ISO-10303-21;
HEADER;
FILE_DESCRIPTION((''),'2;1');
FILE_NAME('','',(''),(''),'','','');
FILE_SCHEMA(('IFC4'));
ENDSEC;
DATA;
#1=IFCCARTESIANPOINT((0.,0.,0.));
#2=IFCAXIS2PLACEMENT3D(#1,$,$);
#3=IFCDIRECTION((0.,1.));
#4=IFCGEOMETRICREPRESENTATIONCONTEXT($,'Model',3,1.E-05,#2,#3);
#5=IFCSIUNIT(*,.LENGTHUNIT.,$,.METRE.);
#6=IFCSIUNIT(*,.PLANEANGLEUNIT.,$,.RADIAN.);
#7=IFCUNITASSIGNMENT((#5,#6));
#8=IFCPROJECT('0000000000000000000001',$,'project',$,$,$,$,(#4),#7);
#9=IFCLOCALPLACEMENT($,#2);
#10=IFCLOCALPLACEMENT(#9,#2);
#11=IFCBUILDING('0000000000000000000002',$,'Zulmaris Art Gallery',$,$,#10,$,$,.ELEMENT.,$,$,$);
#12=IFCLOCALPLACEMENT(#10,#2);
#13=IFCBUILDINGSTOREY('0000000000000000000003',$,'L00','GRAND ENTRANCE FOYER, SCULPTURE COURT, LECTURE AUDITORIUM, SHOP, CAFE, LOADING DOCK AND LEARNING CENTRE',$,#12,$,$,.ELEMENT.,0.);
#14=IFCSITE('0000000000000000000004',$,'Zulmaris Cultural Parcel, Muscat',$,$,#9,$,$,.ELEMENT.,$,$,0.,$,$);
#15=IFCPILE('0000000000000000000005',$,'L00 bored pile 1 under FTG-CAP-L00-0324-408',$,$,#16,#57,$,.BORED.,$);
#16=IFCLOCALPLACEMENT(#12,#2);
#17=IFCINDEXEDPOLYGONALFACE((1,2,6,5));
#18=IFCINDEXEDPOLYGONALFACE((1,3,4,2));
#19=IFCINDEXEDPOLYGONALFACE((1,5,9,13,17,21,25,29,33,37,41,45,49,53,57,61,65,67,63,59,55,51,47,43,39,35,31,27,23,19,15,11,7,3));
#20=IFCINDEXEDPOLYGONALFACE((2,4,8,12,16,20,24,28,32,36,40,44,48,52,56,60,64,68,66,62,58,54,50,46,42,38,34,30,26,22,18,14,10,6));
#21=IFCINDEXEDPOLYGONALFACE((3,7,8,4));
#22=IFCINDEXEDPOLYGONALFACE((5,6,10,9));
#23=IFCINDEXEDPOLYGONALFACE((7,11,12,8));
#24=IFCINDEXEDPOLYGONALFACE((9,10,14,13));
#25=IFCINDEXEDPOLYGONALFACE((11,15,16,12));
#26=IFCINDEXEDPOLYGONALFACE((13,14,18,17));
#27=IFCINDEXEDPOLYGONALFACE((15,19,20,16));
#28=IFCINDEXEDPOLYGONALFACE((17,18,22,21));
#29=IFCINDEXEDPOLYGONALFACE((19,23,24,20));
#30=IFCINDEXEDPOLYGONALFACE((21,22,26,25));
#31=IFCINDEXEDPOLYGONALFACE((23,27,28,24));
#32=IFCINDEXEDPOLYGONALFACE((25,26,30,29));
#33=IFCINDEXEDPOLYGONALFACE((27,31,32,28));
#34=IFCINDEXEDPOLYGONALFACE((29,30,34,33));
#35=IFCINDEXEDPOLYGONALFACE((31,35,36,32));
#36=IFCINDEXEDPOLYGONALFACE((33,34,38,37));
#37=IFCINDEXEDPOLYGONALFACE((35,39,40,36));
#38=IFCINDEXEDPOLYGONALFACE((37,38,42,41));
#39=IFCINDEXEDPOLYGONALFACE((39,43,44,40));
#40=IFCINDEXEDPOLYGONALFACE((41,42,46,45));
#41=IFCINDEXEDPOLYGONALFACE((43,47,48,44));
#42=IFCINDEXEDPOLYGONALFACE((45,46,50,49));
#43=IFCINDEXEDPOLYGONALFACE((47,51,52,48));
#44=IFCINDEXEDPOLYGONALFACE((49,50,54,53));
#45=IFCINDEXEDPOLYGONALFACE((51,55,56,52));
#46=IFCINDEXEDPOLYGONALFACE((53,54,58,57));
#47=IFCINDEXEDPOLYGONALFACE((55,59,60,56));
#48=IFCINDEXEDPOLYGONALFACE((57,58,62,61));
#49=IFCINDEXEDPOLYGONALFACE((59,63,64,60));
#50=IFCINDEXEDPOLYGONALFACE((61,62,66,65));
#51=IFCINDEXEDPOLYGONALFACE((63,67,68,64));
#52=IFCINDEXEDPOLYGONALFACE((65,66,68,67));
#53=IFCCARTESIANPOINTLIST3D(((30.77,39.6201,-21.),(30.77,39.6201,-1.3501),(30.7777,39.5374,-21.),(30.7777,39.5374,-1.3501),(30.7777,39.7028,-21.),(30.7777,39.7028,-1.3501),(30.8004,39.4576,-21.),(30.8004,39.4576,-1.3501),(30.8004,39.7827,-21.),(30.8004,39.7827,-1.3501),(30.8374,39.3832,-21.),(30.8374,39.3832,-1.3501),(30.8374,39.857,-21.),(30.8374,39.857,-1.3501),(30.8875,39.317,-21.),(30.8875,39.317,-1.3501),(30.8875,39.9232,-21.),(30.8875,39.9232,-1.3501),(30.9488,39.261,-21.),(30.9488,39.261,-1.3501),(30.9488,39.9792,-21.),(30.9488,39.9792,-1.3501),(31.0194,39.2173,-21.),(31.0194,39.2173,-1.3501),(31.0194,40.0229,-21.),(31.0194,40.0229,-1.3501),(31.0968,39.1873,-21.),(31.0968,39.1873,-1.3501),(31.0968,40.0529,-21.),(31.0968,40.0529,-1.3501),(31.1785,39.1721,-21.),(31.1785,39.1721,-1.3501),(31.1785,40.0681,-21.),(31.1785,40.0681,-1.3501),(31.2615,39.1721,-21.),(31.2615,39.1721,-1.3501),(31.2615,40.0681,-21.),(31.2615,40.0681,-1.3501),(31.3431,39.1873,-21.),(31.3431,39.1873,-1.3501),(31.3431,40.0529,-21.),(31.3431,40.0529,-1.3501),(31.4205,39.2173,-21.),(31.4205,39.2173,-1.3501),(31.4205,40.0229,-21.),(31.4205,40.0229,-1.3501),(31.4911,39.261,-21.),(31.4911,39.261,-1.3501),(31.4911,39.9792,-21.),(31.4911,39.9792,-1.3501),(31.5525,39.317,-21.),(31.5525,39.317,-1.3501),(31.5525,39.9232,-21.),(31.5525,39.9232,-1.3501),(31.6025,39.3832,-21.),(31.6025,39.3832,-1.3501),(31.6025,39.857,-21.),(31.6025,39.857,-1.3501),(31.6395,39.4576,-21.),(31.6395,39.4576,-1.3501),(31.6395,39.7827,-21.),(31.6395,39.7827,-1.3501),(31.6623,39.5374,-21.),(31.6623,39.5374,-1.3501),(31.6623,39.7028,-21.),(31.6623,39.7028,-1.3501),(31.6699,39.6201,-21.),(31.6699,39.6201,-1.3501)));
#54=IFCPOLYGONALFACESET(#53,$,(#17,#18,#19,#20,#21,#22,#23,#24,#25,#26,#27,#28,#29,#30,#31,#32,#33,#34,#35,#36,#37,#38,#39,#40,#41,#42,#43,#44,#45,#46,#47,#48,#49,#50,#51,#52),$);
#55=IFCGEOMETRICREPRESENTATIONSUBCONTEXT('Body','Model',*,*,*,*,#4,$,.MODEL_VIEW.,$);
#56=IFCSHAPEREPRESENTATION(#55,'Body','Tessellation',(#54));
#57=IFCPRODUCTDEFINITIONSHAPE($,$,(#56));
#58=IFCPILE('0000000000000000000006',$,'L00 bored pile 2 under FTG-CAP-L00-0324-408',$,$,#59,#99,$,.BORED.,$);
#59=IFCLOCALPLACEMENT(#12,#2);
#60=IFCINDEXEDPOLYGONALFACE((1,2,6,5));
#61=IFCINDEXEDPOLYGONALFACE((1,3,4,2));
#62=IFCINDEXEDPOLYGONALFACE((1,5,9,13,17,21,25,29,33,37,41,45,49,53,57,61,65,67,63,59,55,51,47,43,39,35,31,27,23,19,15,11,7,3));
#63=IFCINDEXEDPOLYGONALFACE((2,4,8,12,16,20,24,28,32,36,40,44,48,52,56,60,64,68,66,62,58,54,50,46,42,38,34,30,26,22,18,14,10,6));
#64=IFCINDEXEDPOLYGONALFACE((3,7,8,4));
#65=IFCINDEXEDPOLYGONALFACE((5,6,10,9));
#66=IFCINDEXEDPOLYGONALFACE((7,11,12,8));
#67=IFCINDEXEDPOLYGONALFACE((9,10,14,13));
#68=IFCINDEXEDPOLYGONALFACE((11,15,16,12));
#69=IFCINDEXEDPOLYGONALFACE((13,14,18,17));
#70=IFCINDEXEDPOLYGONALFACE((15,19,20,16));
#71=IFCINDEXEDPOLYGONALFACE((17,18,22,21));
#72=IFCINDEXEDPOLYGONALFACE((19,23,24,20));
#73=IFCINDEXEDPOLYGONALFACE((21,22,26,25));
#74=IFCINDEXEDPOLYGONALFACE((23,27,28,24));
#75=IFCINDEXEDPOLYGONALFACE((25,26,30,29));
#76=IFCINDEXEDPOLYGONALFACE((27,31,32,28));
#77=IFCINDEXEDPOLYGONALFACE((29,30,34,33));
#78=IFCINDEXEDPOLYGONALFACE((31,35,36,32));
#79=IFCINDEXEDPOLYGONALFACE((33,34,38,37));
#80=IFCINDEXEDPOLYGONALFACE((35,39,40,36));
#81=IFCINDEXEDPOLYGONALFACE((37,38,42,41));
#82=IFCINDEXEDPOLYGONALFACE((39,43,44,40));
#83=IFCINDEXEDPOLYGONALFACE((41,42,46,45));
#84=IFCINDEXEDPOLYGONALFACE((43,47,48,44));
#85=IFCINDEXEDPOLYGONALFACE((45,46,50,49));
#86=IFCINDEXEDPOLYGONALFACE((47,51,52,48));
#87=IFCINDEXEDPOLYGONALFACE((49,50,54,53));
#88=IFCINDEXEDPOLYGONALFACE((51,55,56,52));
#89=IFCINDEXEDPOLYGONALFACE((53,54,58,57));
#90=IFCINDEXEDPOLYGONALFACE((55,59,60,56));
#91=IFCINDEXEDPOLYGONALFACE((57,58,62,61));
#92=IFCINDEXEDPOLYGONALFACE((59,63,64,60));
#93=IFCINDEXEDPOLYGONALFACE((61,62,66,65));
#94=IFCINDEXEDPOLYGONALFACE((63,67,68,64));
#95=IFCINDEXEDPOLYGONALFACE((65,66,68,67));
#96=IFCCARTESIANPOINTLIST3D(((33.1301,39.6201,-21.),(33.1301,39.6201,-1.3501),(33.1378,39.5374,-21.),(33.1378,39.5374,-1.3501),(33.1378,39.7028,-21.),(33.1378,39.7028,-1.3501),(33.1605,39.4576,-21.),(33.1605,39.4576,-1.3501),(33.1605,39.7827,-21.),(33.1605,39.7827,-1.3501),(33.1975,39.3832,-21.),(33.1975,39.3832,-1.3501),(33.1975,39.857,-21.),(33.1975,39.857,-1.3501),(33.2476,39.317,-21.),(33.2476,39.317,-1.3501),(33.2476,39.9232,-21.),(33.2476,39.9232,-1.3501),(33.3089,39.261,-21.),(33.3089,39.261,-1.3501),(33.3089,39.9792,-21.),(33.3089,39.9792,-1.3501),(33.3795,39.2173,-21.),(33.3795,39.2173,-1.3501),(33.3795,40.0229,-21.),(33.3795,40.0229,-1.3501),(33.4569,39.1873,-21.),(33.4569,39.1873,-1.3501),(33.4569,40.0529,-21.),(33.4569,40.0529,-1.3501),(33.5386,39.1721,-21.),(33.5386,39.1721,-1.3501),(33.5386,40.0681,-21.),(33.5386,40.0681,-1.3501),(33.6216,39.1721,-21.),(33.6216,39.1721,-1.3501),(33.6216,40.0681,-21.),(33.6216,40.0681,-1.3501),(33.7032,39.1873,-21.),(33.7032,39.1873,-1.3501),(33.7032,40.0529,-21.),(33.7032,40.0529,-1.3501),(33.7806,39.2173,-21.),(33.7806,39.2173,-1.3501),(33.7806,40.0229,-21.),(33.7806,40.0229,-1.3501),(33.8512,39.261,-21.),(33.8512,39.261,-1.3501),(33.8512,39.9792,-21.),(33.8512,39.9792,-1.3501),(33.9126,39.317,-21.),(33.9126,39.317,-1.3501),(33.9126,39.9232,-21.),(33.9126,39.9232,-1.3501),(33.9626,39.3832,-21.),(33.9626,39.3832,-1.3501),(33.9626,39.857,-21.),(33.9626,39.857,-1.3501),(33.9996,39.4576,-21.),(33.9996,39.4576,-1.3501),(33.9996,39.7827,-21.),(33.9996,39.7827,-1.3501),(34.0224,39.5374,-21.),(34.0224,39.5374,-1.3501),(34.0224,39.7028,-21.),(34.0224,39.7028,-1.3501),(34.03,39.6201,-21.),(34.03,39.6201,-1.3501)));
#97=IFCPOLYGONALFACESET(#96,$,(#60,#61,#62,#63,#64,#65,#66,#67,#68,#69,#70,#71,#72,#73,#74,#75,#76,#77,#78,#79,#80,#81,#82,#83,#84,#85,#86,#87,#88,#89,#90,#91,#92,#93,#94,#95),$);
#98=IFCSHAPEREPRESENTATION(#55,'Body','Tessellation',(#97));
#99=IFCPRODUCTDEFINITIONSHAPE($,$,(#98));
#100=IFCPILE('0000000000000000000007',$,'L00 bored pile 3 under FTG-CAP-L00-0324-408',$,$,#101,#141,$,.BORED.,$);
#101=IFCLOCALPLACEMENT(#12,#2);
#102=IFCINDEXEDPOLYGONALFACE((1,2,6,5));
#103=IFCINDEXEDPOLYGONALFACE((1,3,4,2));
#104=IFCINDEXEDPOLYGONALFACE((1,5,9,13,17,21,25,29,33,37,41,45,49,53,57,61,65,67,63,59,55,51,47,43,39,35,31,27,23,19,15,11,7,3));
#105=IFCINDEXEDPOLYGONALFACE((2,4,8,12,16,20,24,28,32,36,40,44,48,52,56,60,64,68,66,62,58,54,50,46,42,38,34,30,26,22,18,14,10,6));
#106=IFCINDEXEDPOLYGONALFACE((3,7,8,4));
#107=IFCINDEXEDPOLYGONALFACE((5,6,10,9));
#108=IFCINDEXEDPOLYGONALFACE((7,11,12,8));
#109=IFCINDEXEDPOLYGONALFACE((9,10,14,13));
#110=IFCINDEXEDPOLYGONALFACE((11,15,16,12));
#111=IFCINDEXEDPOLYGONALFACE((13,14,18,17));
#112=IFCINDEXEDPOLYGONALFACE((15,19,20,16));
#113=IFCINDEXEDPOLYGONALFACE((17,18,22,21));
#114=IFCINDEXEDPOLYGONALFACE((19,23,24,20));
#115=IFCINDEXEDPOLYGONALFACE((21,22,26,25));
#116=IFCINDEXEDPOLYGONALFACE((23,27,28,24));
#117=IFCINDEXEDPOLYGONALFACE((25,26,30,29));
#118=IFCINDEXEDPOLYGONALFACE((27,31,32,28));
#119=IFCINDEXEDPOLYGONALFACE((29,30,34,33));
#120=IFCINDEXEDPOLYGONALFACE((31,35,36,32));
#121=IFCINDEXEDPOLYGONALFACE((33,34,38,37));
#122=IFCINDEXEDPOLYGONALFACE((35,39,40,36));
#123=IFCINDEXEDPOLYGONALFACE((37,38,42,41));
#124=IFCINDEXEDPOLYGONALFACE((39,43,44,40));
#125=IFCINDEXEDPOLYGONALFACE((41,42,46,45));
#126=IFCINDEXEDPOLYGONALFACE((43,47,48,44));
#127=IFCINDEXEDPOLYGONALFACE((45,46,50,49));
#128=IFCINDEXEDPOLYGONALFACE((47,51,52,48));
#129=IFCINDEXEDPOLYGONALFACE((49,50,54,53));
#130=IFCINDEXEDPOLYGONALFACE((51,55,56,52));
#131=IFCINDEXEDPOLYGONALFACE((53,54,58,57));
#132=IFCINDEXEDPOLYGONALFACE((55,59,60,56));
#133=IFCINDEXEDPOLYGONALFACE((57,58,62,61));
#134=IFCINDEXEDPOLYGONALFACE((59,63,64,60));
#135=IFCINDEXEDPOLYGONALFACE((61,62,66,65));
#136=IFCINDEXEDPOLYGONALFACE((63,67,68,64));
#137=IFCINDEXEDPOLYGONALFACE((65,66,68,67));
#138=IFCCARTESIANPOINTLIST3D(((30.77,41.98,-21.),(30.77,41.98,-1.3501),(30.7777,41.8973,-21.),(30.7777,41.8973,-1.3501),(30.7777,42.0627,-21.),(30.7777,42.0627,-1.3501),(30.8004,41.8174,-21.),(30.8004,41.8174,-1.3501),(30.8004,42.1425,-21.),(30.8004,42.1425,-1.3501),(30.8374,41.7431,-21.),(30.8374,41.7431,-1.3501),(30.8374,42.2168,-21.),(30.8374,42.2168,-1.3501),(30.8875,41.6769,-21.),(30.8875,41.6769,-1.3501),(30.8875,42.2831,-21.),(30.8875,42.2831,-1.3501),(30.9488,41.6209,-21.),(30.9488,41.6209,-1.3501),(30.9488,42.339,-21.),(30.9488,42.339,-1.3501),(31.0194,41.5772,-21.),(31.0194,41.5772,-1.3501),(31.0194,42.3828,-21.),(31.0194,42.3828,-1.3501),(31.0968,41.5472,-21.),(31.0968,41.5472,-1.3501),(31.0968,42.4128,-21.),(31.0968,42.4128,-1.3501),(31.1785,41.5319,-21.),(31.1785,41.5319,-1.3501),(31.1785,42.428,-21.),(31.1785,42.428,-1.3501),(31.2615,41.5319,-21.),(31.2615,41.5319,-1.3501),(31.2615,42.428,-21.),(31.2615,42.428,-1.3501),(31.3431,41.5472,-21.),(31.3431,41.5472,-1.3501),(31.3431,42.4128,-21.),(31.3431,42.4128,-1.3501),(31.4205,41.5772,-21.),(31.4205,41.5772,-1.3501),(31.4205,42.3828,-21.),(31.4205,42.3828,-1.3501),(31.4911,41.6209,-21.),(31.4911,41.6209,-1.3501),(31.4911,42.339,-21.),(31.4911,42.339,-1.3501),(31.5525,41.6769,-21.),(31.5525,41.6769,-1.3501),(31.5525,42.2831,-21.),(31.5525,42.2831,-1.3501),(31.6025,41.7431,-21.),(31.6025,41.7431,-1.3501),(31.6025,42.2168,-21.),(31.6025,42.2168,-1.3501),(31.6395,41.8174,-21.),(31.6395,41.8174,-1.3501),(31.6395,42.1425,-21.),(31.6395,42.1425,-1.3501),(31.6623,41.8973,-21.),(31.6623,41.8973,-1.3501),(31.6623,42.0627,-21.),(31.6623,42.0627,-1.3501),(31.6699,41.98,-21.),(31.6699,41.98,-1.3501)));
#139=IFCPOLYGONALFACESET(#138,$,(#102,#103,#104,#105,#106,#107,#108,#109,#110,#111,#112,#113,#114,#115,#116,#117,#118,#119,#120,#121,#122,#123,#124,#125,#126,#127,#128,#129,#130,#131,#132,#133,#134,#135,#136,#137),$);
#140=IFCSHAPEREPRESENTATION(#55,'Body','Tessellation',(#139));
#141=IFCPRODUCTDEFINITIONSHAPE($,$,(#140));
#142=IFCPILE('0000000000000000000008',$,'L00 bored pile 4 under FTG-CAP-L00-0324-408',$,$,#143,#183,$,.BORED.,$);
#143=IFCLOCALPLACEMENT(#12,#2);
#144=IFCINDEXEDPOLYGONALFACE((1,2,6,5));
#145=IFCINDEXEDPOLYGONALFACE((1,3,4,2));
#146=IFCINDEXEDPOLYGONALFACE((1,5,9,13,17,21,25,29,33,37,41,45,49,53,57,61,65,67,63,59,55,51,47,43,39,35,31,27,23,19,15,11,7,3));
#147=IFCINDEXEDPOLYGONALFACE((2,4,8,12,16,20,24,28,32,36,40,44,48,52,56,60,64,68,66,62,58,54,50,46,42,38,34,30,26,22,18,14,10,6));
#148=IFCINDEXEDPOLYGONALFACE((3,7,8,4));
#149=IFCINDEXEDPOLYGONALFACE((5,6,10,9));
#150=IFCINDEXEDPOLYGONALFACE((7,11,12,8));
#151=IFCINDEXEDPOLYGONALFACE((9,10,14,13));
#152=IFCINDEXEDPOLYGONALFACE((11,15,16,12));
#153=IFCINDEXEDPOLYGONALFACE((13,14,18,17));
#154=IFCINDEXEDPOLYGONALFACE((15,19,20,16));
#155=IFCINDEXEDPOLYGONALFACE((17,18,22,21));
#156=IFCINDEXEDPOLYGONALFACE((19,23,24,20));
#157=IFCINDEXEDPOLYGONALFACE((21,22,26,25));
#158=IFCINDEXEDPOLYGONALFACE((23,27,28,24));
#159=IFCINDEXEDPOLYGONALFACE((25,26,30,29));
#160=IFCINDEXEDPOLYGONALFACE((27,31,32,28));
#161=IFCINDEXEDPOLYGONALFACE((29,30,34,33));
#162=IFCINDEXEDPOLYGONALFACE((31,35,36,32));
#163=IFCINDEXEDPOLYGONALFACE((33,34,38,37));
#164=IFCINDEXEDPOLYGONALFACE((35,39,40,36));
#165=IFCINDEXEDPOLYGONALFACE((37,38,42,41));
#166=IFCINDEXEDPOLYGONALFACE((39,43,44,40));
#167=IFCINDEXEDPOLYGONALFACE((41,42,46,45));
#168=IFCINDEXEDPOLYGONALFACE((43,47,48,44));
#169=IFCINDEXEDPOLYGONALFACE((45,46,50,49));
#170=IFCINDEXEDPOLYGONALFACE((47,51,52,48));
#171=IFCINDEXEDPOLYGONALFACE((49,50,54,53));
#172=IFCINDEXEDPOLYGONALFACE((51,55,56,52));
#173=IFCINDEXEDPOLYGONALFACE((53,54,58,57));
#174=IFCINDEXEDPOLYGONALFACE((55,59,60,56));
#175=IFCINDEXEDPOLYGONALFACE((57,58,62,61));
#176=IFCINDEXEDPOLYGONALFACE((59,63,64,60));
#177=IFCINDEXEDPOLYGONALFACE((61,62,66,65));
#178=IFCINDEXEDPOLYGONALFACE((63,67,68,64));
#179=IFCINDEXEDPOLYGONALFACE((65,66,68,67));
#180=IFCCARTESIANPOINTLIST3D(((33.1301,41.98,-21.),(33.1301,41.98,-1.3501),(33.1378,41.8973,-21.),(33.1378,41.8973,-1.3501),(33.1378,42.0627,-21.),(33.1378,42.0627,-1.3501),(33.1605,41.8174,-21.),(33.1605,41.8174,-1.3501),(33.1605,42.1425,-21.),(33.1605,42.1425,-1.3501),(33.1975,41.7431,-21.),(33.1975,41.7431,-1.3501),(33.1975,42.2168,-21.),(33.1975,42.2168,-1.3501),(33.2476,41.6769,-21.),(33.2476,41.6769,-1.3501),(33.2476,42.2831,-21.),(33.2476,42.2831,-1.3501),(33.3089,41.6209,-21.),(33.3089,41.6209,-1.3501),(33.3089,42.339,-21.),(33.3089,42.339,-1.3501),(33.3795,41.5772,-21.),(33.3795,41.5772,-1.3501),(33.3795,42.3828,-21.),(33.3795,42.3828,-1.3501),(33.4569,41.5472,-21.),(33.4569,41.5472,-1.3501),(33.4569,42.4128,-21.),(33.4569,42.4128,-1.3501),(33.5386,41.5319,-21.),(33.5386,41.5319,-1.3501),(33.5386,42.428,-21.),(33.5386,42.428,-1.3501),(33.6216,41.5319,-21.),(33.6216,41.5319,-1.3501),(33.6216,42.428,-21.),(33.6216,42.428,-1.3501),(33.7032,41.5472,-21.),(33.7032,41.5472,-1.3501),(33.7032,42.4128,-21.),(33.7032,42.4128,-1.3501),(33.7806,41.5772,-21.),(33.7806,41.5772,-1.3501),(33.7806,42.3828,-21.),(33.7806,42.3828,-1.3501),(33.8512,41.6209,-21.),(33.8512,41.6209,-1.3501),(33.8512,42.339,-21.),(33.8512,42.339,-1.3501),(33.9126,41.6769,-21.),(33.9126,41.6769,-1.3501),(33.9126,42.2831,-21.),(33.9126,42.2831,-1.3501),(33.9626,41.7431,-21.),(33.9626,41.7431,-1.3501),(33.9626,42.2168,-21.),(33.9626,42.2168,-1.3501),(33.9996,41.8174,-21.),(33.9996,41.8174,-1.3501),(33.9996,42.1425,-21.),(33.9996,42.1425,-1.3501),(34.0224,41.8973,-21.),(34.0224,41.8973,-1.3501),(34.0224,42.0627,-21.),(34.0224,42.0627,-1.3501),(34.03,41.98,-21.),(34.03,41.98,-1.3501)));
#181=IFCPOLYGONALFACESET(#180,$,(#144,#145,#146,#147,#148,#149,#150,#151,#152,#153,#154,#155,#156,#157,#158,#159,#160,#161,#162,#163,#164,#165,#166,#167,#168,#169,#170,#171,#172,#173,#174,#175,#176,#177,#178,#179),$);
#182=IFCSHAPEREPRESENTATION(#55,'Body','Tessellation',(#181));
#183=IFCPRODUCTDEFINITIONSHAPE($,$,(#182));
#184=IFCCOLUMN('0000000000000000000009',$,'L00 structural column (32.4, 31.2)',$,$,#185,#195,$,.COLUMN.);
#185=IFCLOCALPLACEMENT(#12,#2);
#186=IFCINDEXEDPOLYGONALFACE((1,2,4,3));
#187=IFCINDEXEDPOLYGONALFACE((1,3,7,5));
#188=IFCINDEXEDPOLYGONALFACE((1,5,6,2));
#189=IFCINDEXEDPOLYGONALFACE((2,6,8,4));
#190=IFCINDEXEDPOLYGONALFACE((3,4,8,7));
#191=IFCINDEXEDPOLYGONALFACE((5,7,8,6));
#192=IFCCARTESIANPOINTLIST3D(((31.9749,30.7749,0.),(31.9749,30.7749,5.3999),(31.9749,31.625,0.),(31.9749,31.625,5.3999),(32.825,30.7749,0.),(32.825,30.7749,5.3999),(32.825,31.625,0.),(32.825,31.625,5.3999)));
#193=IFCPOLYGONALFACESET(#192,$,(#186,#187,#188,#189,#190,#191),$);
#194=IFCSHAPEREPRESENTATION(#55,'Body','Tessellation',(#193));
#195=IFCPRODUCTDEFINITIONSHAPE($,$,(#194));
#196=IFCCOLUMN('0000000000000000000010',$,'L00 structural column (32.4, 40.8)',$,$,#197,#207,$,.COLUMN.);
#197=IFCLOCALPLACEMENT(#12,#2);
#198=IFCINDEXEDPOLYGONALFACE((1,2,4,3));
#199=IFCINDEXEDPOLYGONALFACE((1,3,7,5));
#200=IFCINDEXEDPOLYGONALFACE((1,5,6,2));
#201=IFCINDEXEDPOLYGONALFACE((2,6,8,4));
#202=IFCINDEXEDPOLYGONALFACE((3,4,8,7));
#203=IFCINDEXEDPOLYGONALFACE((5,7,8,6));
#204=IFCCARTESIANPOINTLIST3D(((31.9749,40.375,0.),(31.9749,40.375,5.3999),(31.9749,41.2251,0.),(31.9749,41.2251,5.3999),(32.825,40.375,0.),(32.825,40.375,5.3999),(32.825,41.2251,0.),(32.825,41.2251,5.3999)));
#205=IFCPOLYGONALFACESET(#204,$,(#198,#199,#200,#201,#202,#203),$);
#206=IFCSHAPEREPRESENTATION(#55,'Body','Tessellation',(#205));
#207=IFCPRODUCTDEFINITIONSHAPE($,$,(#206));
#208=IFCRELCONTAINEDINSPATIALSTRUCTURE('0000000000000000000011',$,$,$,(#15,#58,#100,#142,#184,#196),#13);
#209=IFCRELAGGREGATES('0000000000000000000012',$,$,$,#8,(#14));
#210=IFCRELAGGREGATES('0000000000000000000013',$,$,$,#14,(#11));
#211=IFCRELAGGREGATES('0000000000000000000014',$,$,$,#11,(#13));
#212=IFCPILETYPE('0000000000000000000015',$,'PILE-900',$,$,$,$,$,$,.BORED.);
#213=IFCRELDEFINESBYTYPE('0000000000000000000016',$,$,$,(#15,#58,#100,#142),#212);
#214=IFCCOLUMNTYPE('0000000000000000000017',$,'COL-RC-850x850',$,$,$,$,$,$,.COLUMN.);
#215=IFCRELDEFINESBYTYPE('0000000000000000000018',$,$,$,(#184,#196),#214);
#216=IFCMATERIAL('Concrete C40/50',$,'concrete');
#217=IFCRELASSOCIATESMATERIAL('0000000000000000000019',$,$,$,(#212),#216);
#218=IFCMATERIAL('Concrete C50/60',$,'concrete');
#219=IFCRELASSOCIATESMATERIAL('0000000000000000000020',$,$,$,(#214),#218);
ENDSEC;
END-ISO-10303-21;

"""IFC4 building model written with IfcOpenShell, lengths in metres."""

from ifc_helpers import new_model, si_unit, direction, frame, origin, origin_2d, place, context, subcontext, project, spatial, rectangle, circle, extrude, material, material_profile, profile_set, type_object, element, save


model = new_model("IFC4")

# Units and contexts
model_context = context("Model", 3, precision=1e-05, world=origin(), true_north=direction((0.0, 1.0)))
body_context = subcontext(model_context, "Body", "Model", "MODEL_VIEW")
ifc_project = project(units=[si_unit("LENGTHUNIT", "METRE"), si_unit("PLANEANGLEUNIT", "RADIAN")], contexts=[model_context])

# Site, building, storey
site_placement = place(None, origin())
site = spatial("IfcSite", under=ifc_project, at=site_placement, Name="Zulmaris Cultural Parcel, Muscat", CompositionType="ELEMENT", RefElevation=0.0)
building_placement = place(site_placement, origin())
building = spatial("IfcBuilding", under=site, at=building_placement, Name="Zulmaris Art Gallery", CompositionType="ELEMENT")
storey_placement = place(building_placement, origin())
storey = spatial("IfcBuildingStorey", under=building, at=storey_placement, Name="L00", Description="GRAND ENTRANCE FOYER, SCULPTURE COURT, LECTURE AUDITORIUM, SHOP, CAFE, LOADING DOCK AND LEARNING CENTRE", CompositionType="ELEMENT", Elevation=0.0)

# Piles
ifc_material_1 = material(Name="Concrete C40/50", Category="concrete")
ifc_material_profile_1 = material_profile(ifc_material_1, circle(Radius=0.45, at=origin_2d()), Name="PILE DIA 900")
ifc_profile_set_1 = profile_set([ifc_material_profile_1], Name="Concrete C40/50")
pile_type_1 = type_object("IfcPileType", Name="PILE-900", PredefinedType="BORED", material=ifc_profile_set_1)
for number, where, z_axis, x_axis, name in (
    (1, (31.22, 39.6201, -1.3501), (0.0, 0.0, -1.0), (1.0, 0.0, 0.0), "L00 bored pile 1 under FTG-CAP-L00-0324-408"),
    (2, (33.5801, 39.6201, -1.3501), (0.0, 0.0, -1.0), (1.0, 0.0, 0.0), "L00 bored pile 2 under FTG-CAP-L00-0324-408"),
    (3, (31.22, 41.98, -1.3501), (0.0, 0.0, -1.0), (1.0, 0.0, 0.0), "L00 bored pile 3 under FTG-CAP-L00-0324-408"),
    (4, (33.5801, 41.98, -1.3501), (0.0, 0.0, -1.0), (1.0, 0.0, 0.0), "L00 bored pile 4 under FTG-CAP-L00-0324-408"),
):
    element("IfcPile", number, at=place(storey_placement, frame(where, z_axis=z_axis, x_axis=x_axis)), inside=storey, type_object=pile_type_1, Name=name, PredefinedType="BORED", context=body_context, shape_type="SweptSolid", body=[
        extrude(circle(Radius=0.45, at=origin_2d()), origin(), (0.0, 0.0, 1.0), 19.6499),
    ])

# Columns
ifc_material_2 = material(Name="Concrete C50/60", Category="concrete")
ifc_material_profile_2 = material_profile(ifc_material_2, rectangle(XDim=0.8501, YDim=0.8501, at=origin_2d()), Name="RC 850x850")
ifc_profile_set_2 = profile_set([ifc_material_profile_2], Name="Concrete C50/60")
column_type_1 = type_object("IfcColumnType", Name="COL-RC-850x850", PredefinedType="COLUMN", material=ifc_profile_set_2)
for number, where, z_axis, x_axis, name in (
    (5, (32.3999, 31.2, 0.0), (0.0, 0.0, 1.0), (1.0, 0.0, 0.0), "L00 structural column (32.4, 31.2)"),
    (6, (32.3999, 40.8, 0.0), (0.0, 0.0, 1.0), (1.0, 0.0, 0.0), "L00 structural column (32.4, 40.8)"),
):
    element("IfcColumn", number, at=place(storey_placement, frame(where, z_axis=z_axis, x_axis=x_axis)), inside=storey, type_object=column_type_1, Name=name, PredefinedType="COLUMN", context=body_context, shape_type="SweptSolid", body=[
        extrude(rectangle(XDim=0.8501, YDim=0.8501, at=origin_2d()), origin(), (0.0, 0.0, 1.0), 5.3999),
    ])

save(model, "model.ifc")
